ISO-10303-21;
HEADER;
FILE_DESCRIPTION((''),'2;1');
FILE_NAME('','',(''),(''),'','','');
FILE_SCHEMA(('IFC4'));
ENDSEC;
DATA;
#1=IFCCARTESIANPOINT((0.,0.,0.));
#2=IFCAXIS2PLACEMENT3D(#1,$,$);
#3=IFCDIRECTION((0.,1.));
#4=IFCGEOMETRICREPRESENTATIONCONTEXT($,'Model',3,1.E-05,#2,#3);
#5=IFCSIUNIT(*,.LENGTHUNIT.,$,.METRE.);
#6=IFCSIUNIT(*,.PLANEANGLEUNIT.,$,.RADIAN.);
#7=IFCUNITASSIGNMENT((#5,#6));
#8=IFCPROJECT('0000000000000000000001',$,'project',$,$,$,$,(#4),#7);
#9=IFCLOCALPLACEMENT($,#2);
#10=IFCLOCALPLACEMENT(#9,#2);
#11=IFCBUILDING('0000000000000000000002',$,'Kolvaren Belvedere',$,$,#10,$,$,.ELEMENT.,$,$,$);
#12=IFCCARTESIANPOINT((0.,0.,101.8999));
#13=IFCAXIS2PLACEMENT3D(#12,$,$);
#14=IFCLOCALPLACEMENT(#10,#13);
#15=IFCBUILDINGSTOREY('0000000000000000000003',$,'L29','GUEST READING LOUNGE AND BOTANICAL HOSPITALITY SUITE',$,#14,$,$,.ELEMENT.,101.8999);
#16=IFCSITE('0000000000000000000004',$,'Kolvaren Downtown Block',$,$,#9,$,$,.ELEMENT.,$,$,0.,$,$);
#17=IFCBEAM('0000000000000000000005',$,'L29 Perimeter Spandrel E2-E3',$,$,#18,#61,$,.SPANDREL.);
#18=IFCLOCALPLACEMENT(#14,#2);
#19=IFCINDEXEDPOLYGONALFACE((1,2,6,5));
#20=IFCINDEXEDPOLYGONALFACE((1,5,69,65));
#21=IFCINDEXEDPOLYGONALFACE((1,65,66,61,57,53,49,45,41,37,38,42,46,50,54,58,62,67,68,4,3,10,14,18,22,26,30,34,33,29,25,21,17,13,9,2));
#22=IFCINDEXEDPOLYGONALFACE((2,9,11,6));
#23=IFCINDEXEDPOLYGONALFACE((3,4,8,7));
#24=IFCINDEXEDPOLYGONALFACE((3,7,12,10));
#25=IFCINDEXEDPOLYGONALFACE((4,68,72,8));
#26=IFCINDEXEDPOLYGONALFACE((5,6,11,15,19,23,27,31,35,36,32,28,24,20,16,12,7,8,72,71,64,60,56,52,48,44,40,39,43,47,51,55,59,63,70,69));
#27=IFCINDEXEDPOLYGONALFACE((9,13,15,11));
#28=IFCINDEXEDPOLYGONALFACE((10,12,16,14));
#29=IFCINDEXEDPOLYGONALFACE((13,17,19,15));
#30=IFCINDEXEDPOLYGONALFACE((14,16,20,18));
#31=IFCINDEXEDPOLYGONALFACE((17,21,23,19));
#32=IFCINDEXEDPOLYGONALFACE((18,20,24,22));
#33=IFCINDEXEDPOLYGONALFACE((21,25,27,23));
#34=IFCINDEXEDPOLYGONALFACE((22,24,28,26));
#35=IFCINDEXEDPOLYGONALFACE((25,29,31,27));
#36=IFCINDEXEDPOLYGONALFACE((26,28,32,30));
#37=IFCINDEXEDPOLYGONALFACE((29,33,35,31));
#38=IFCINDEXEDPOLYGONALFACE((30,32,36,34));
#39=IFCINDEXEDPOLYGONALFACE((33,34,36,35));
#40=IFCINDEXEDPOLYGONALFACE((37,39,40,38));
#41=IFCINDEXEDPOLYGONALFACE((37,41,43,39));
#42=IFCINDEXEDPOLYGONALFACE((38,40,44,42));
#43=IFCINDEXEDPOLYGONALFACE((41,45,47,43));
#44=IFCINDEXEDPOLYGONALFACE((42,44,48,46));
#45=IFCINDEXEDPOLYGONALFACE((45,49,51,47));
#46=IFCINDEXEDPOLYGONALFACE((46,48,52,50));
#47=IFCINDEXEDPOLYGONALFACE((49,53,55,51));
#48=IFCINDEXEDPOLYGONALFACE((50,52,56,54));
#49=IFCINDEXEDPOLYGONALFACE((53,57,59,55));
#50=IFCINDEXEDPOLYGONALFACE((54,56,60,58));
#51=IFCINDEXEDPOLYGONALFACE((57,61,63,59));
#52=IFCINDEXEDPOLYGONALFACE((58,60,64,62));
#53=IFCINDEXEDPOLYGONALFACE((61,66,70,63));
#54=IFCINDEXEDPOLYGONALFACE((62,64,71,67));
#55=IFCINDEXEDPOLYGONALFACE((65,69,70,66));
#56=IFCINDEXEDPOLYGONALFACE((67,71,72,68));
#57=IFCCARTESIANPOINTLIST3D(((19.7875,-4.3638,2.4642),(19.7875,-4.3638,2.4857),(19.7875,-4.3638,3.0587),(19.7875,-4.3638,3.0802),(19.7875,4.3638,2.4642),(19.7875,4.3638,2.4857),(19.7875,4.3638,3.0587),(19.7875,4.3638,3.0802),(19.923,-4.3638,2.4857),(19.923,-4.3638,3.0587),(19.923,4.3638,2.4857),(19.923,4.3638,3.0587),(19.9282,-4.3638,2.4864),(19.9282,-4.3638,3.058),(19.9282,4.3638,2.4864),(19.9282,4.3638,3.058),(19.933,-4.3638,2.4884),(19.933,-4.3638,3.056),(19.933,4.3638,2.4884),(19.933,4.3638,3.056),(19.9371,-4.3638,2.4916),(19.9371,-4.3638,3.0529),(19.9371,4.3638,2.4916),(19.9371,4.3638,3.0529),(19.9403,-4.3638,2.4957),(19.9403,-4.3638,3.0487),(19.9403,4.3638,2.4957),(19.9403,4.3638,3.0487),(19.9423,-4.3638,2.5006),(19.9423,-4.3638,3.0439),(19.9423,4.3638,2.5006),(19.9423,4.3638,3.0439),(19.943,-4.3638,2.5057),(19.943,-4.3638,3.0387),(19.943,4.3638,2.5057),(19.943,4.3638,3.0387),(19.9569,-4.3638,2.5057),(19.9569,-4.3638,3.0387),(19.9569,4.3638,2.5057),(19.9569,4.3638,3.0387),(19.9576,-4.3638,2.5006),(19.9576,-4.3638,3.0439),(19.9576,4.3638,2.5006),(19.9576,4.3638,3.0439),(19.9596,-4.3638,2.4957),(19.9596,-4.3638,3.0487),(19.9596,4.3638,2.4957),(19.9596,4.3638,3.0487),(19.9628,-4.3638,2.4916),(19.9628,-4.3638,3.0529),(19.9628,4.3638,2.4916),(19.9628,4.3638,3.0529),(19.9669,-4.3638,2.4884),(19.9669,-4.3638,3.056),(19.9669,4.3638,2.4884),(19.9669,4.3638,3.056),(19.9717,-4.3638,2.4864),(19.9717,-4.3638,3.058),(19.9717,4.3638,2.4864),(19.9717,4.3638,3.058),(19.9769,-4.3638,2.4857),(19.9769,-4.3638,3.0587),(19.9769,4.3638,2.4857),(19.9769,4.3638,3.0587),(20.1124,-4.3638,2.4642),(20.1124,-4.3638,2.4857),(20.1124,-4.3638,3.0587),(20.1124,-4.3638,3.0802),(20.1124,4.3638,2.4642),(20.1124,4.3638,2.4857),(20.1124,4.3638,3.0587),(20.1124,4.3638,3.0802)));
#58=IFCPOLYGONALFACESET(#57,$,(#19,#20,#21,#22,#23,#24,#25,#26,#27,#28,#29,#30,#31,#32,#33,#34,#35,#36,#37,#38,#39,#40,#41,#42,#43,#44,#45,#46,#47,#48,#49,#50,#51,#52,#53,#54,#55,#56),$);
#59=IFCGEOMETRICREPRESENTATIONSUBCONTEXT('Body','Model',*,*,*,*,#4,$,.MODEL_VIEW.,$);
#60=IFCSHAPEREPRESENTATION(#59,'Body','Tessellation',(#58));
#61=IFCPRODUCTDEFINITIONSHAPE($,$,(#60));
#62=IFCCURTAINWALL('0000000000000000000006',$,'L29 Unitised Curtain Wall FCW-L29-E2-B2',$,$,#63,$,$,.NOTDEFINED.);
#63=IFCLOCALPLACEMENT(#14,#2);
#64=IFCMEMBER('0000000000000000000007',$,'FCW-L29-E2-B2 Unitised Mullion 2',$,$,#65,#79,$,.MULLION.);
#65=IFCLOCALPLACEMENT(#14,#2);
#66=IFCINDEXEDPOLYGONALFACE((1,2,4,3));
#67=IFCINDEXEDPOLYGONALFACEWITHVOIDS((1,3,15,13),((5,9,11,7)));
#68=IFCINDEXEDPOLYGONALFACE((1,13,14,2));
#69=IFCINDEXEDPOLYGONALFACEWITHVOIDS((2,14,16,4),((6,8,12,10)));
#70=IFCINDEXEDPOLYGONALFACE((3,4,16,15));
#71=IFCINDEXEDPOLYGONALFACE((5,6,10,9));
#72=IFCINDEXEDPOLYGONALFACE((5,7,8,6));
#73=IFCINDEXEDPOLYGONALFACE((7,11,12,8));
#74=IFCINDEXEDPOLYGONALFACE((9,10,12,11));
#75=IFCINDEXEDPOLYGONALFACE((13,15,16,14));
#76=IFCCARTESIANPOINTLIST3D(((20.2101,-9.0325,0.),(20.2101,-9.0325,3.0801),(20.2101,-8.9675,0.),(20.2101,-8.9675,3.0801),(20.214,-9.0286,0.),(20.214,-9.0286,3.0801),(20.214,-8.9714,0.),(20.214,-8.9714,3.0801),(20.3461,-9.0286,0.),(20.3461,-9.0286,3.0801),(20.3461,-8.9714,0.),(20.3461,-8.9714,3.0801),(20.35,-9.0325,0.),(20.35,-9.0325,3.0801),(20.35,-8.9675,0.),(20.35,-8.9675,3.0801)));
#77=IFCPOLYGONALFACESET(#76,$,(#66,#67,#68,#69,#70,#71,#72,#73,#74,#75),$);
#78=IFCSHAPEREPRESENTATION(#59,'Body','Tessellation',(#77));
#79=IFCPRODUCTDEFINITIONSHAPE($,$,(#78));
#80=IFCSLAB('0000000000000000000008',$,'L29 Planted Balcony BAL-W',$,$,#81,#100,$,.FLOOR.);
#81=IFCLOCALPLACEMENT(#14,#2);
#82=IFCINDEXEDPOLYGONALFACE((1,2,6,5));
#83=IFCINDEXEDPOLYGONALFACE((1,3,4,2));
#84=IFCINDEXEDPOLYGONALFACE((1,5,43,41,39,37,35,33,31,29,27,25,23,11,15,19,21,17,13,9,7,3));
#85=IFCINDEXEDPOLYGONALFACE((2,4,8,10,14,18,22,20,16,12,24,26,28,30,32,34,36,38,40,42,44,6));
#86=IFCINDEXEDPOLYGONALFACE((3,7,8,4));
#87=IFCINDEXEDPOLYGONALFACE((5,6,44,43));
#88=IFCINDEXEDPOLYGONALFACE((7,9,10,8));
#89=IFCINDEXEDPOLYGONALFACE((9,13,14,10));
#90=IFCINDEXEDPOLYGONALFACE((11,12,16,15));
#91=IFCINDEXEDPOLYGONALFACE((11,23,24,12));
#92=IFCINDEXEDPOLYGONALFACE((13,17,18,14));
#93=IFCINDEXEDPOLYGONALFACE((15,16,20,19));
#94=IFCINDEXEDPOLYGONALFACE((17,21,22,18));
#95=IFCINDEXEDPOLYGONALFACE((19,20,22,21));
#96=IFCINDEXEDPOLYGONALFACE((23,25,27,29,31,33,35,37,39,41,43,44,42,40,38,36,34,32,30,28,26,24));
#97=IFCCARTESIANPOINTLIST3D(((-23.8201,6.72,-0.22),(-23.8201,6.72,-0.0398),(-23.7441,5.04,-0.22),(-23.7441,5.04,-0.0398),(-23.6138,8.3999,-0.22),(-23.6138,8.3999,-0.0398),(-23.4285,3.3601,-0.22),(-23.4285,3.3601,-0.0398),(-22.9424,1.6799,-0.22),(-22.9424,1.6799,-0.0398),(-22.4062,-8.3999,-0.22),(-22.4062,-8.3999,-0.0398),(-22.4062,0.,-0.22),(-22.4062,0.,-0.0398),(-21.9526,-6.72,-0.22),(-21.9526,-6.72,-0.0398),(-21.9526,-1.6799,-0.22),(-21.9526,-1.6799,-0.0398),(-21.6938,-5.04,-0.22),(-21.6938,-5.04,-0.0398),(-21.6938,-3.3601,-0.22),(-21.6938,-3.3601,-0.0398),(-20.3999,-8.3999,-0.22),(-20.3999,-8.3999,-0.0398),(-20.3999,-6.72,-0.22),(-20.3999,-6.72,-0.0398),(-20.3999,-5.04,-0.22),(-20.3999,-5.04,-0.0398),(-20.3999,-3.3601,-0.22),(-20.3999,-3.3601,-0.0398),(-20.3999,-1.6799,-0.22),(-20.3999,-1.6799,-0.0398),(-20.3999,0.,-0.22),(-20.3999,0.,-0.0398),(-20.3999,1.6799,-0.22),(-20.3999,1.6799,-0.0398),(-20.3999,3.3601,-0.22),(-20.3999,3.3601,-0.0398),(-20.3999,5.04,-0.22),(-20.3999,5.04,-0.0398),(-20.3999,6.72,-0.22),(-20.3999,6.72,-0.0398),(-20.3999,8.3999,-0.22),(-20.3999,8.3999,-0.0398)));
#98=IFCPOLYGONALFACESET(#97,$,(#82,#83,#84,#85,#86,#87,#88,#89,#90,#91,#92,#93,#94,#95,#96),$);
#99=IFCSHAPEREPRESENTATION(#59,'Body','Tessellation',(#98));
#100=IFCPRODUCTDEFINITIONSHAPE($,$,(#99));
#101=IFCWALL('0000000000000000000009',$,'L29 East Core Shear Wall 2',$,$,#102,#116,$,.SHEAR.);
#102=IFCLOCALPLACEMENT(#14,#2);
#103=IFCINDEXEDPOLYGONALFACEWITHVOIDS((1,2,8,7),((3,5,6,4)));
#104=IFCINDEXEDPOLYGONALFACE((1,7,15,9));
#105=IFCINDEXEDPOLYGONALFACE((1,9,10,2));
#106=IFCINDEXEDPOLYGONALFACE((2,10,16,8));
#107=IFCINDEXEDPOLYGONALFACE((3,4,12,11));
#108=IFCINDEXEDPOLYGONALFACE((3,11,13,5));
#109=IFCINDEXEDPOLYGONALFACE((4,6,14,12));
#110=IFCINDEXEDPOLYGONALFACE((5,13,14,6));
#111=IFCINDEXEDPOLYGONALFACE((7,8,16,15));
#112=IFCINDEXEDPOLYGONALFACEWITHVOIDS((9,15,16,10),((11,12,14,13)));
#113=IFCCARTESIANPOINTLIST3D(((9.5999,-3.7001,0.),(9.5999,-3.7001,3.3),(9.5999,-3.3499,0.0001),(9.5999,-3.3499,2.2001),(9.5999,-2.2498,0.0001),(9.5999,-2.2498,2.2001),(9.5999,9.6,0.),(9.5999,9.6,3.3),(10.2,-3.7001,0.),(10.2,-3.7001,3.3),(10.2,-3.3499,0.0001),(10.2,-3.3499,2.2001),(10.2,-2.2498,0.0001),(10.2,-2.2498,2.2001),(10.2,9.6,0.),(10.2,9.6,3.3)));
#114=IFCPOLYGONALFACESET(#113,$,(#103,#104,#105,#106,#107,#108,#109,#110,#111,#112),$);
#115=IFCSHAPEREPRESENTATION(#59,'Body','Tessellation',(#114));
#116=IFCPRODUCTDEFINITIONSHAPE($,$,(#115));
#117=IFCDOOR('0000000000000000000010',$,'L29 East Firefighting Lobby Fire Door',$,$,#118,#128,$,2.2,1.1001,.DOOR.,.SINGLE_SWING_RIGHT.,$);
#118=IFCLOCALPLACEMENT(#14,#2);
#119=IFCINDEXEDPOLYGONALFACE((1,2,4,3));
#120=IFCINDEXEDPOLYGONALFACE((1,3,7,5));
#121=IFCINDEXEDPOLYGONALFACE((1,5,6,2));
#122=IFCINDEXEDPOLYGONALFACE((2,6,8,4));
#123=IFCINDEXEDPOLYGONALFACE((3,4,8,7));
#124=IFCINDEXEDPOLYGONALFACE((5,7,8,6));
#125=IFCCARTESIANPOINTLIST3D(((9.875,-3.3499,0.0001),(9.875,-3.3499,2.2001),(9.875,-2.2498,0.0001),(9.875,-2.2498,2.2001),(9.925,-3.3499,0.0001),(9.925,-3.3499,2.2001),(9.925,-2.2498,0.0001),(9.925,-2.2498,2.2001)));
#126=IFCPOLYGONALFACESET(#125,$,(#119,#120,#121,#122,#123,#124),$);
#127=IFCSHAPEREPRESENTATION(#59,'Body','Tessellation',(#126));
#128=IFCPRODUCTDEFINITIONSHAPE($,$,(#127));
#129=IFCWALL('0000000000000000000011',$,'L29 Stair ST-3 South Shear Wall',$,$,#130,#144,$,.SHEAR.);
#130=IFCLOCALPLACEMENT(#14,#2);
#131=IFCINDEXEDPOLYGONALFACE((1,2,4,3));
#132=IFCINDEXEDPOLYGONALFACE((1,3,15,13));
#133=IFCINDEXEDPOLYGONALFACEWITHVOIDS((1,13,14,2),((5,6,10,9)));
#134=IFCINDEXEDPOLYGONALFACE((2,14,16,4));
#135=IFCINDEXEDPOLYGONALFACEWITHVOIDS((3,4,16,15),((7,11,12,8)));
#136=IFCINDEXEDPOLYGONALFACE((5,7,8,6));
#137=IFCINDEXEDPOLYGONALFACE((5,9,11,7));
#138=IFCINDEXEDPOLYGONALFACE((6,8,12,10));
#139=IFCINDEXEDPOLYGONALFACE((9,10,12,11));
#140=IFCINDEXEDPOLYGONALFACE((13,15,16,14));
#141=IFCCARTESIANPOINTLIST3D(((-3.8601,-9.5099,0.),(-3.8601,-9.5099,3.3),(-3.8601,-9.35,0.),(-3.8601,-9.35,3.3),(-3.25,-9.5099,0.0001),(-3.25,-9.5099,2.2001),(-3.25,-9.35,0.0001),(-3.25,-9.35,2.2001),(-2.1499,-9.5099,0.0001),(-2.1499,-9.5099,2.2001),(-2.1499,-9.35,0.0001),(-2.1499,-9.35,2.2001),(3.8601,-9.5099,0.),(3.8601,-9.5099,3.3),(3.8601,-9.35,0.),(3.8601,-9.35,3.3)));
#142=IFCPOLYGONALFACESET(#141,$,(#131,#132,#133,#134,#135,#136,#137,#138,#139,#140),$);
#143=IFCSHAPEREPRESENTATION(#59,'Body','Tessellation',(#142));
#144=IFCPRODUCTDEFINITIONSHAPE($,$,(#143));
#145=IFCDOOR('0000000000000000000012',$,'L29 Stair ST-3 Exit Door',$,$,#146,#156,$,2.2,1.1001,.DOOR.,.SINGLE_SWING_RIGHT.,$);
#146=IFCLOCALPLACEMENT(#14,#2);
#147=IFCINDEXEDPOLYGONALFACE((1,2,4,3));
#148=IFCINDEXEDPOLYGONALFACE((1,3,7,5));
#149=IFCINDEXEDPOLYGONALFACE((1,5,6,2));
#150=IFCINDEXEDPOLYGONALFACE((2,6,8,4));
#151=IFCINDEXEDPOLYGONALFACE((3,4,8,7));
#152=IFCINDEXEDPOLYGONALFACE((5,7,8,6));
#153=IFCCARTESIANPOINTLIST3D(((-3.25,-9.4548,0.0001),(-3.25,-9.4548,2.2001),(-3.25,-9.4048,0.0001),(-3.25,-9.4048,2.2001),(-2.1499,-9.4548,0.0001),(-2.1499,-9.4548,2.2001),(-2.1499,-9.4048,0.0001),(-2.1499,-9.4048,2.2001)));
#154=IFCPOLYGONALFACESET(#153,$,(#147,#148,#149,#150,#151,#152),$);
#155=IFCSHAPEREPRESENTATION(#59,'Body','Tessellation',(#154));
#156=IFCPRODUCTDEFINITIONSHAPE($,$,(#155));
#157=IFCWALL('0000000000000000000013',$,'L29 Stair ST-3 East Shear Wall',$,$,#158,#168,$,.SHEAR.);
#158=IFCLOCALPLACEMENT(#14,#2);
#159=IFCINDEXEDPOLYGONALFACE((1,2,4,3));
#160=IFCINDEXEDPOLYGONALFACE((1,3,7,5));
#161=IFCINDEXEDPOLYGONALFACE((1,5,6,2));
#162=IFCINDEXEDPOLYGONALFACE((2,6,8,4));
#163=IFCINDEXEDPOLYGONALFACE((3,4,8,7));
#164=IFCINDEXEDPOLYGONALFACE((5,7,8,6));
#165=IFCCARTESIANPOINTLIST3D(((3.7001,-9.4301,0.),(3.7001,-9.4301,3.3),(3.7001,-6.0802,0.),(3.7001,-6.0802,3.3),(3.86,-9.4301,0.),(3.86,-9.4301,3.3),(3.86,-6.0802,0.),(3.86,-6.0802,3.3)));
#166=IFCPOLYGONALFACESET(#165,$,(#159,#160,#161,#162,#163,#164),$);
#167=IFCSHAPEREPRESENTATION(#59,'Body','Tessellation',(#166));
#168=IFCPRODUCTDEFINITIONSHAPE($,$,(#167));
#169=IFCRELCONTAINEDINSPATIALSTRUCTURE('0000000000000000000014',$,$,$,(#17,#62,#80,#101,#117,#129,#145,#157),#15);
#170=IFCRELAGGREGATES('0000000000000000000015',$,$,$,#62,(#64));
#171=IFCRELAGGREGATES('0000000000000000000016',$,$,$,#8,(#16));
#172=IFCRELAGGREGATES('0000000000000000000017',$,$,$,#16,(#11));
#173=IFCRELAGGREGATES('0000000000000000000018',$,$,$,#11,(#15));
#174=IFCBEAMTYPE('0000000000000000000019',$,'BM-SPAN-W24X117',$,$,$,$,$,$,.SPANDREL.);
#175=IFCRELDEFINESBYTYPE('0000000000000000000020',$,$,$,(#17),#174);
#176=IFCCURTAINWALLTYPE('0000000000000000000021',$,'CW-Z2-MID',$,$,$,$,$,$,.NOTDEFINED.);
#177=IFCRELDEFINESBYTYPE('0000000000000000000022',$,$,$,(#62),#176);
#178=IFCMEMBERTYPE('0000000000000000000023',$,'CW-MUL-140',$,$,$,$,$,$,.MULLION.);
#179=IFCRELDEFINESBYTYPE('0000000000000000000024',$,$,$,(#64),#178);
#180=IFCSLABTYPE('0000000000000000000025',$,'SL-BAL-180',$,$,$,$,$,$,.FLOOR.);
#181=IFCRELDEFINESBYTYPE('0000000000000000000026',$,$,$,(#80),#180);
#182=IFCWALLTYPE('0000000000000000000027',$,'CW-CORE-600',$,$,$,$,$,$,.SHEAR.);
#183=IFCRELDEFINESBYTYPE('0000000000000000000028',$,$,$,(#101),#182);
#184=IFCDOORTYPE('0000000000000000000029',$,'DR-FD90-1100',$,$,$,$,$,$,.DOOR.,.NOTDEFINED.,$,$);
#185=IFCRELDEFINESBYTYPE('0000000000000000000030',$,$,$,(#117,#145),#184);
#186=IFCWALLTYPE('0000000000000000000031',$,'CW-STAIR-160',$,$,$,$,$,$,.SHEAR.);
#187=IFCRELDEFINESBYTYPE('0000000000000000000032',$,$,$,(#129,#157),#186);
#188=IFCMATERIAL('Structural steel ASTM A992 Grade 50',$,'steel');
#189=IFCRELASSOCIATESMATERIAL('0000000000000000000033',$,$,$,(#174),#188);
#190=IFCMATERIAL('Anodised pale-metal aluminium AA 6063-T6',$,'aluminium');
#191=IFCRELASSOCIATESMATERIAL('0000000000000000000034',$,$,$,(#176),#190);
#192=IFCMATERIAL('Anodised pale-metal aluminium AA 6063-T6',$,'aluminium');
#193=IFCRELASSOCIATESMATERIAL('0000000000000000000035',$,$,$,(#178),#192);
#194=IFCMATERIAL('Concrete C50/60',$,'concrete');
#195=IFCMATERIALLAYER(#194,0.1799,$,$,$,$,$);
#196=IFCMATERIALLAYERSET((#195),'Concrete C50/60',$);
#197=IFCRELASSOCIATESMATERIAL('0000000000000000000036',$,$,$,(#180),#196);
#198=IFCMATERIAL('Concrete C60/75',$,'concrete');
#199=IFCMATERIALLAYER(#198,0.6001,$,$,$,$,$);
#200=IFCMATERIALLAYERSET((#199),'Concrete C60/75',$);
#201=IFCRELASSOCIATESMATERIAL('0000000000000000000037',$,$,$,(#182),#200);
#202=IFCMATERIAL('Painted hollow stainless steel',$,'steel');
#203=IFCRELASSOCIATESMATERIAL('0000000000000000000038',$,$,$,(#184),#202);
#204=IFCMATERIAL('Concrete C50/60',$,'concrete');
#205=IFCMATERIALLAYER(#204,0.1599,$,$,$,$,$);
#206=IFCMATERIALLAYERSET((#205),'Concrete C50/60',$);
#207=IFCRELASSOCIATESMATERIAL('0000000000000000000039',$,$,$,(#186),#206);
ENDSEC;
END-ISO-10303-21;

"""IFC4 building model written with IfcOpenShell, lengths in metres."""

from ifc_helpers import new_model, si_unit, direction, frame, frame_2d, origin, origin_2d, place, context, subcontext, project, spatial, polyline, rectangle, hollow_rectangle, i_section, outline, extrude, material, layer, layer_set, material_profile, profile_set, type_object, element, fill, aggregate, save


model = new_model("IFC4")

# Units and contexts
model_context = context("Model", 3, precision=1e-05, world=origin(), true_north=direction((0.0, 1.0)))
body_context = subcontext(model_context, "Body", "Model", "MODEL_VIEW")
ifc_project = project(units=[si_unit("LENGTHUNIT", "METRE"), si_unit("PLANEANGLEUNIT", "RADIAN")], contexts=[model_context])

# Site, building, storey
site_placement = place(None, origin())
site = spatial("IfcSite", under=ifc_project, at=site_placement, Name="Kolvaren Downtown Block", CompositionType="ELEMENT", RefElevation=0.0)
building_placement = place(site_placement, origin())
building = spatial("IfcBuilding", under=site, at=building_placement, Name="Kolvaren Belvedere", CompositionType="ELEMENT")
storey_placement = place(building_placement, frame((0.0, 0.0, 101.8999)))
storey = spatial("IfcBuildingStorey", under=building, at=storey_placement, Name="L29", Description="GUEST READING LOUNGE AND BOTANICAL HOSPITALITY SUITE", CompositionType="ELEMENT", Elevation=101.8999)

# Beam
ifc_material_1 = material(Name="Structural steel ASTM A992 Grade 50", Category="steel")
ifc_material_profile_1 = material_profile(ifc_material_1, i_section(OverallWidth=0.325, OverallDepth=0.616, WebThickness=0.0139, FlangeThickness=0.0215, FilletRadius=0.02, at=origin_2d()), Name="W24X117")
ifc_profile_set_1 = profile_set([ifc_material_profile_1], Name="Structural steel ASTM A992 Grade 50")
beam_type_1 = type_object("IfcBeamType", Name="BM-SPAN-W24X117", PredefinedType="SPANDREL", material=ifc_profile_set_1)
beam_1_placement = place(storey_placement, frame((19.95, -4.3638, 2.7722), z_axis=(0.0, 1.0, 0.0), x_axis=(-1.0, 0.0, 0.0)))
element("IfcBeam", 1, at=beam_1_placement, inside=storey, type_object=beam_type_1, Name="L29 Perimeter Spandrel E2-E3", PredefinedType="SPANDREL", context=body_context, shape_type="SweptSolid", body=[
    extrude(i_section(OverallWidth=0.325, OverallDepth=0.616, WebThickness=0.0139, FlangeThickness=0.0215, FilletRadius=0.02, at=origin_2d()), origin(), (0.0, 0.0, 1.0), 8.7275),
])

# Curtain wall, member
ifc_material_2 = material(Name="Anodised pale-metal aluminium AA 6063-T6", Category="aluminium")
curtain_wall_type = type_object("IfcCurtainWallType", Name="CW-Z2-MID", PredefinedType="NOTDEFINED", material=ifc_material_2)
curtain_wall_placement = place(storey_placement, origin())
curtain_wall = element("IfcCurtainWall", 2, at=curtain_wall_placement, inside=storey, type_object=curtain_wall_type, Name="L29 Unitised Curtain Wall FCW-L29-E2-B2", PredefinedType="NOTDEFINED")
ifc_material_3 = material(Name="Anodised pale-metal aluminium AA 6063-T6", Category="aluminium")
ifc_material_profile_2 = material_profile(ifc_material_3, hollow_rectangle(XDim=0.0649, YDim=0.1399, WallThickness=0.0039, at=origin_2d()), Name="ALU-MUL-140X65")
ifc_profile_set_2 = profile_set([ifc_material_profile_2], Name="Anodised pale-metal aluminium AA 6063-T6")
member_type = type_object("IfcMemberType", Name="CW-MUL-140", PredefinedType="MULLION", material=ifc_profile_set_2)
member_placement = place(storey_placement, frame((20.28, -9.0, 0.0), z_axis=(0.0, 0.0, 1.0), x_axis=(0.0, 1.0, 0.0)))
member = element("IfcMember", 3, at=member_placement, type_object=member_type, Name="FCW-L29-E2-B2 Unitised Mullion 2", PredefinedType="MULLION", context=body_context, shape_type="SweptSolid", body=[
    extrude(hollow_rectangle(XDim=0.0649, YDim=0.1399, WallThickness=0.0039, at=origin_2d()), origin(), (0.0, 0.0, 1.0), 3.0801),
])
aggregate(curtain_wall, [member])

# Slab
ifc_material_4 = material(Name="Concrete C50/60", Category="concrete")
ifc_layer_1 = layer(ifc_material_4, 0.1799)
ifc_layer_set_1 = layer_set([ifc_layer_1], Name="Concrete C50/60")
slab_type = type_object("IfcSlabType", Name="SL-BAL-180", PredefinedType="FLOOR", material=ifc_layer_set_1)
slab_placement = place(storey_placement, frame((0.0, 0.0, -0.22)))
element("IfcSlab", 4, at=slab_placement, inside=storey, type_object=slab_type, Name="L29 Planted Balcony BAL-W", PredefinedType="FLOOR", context=body_context, shape_type="SweptSolid", body=[
    extrude(outline(polyline([(-23.6138, 8.3999), (-23.8201, 6.72), (-23.7441, 5.04), (-23.4285, 3.3601), (-22.9424, 1.6799), (-22.4062, 0.0), (-21.9526, -1.6799), (-21.6938, -3.3601), (-21.6938, -5.04), (-21.9526, -6.72), (-22.4062, -8.3999), (-20.3999, -8.3999), (-20.3999, -6.72), (-20.3999, -5.04), (-20.3999, -3.3601), (-20.3999, -1.6799), (-20.3999, 0.0), (-20.3999, 1.6799), (-20.3999, 3.3601), (-20.3999, 5.04), (-20.3999, 6.72), (-20.3999, 8.3999), (-23.6138, 8.3999)])), origin(), (0.0, 0.0, 1.0), 0.1802),
])

# Walls, openings, doors
ifc_material_5 = material(Name="Concrete C60/75", Category="concrete")
ifc_layer_2 = layer(ifc_material_5, 0.6001)
ifc_layer_set_2 = layer_set([ifc_layer_2], Name="Concrete C60/75")
wall_type_1 = type_object("IfcWallType", Name="CW-CORE-600", PredefinedType="SHEAR", material=ifc_layer_set_2)
wall_1_placement = place(storey_placement, frame((9.8999, -3.7, 0.0), z_axis=(0.0, 0.0, 1.0), x_axis=(0.0, 1.0, 0.0)))
wall_1 = element("IfcWall", 5, at=wall_1_placement, inside=storey, type_object=wall_type_1, Name="L29 East Core Shear Wall 2", PredefinedType="SHEAR", context=body_context, shape_type="SweptSolid", body=[
    extrude(rectangle(XDim=13.3, YDim=0.6001, at=frame_2d((6.6499, 0.0))), origin(), (0.0, 0.0, 1.0), 3.3),
])
opening_1_placement = place(wall_1_placement, frame((0.3501, 0.0, 0.0)))
opening_1 = element("IfcOpeningElement", 6, at=opening_1_placement, cuts=wall_1, PredefinedType="OPENING", context=body_context, shape_type="SweptSolid", body=[
    extrude(rectangle(XDim=1.1001, YDim=2.2, at=frame_2d((0.55, 1.1001))), frame((0.0, 0.3101, 0.0), z_axis=(0.0, -1.0, 0.0), x_axis=(1.0, 0.0, 0.0)), (0.0, 0.0, 1.0), 0.6201),
])
ifc_material_6 = material(Name="Painted hollow stainless steel", Category="steel")
door_type_1 = type_object("IfcDoorType", Name="DR-FD90-1100", OperationType="NOTDEFINED", PredefinedType="DOOR", material=ifc_material_6)
door_1_placement = place(opening_1_placement, origin())
door_1 = element("IfcDoor", 7, at=door_1_placement, inside=storey, type_object=door_type_1, Name="L29 East Firefighting Lobby Fire Door", OperationType="SINGLE_SWING_RIGHT", OverallHeight=2.2, OverallWidth=1.1001, PredefinedType="DOOR", context=body_context, shape_type="SweptSolid", body=[
    extrude(rectangle(XDim=1.1001, YDim=2.2, at=frame_2d((0.55, 1.1001))), frame((0.0, 0.0249, 0.0), z_axis=(0.0, -1.0, 0.0), x_axis=(1.0, 0.0, 0.0)), (0.0, 0.0, 1.0), 0.05),
])
fill(opening_1, door_1)
ifc_material_7 = material(Name="Concrete C50/60", Category="concrete")
ifc_layer_3 = layer(ifc_material_7, 0.1599)
ifc_layer_set_3 = layer_set([ifc_layer_3], Name="Concrete C50/60")
wall_type_2 = type_object("IfcWallType", Name="CW-STAIR-160", PredefinedType="SHEAR", material=ifc_layer_set_3)
wall_2_placement = place(storey_placement, frame((3.8601, -9.4299, 0.0), z_axis=(0.0, 0.0, 1.0), x_axis=(-1.0, 0.0, 0.0)))
wall_2 = element("IfcWall", 8, at=wall_2_placement, inside=storey, type_object=wall_type_2, Name="L29 Stair ST-3 South Shear Wall", PredefinedType="SHEAR", context=body_context, shape_type="SweptSolid", body=[
    extrude(rectangle(XDim=7.7202, YDim=0.1599, at=frame_2d((3.8601, 0.0))), origin(), (0.0, 0.0, 1.0), 3.3),
])
opening_2_placement = place(wall_2_placement, frame((6.01, 0.0, 0.0)))
opening_2 = element("IfcOpeningElement", 9, at=opening_2_placement, cuts=wall_2, PredefinedType="OPENING", context=body_context, shape_type="SweptSolid", body=[
    extrude(rectangle(XDim=1.1001, YDim=2.2, at=frame_2d((0.55, 1.1001))), frame((0.0, 0.0898, 0.0), z_axis=(0.0, -1.0, 0.0), x_axis=(1.0, 0.0, 0.0)), (0.0, 0.0, 1.0), 0.1799),
])
door_2_placement = place(opening_2_placement, origin())
door_2 = element("IfcDoor", 10, at=door_2_placement, inside=storey, type_object=door_type_1, Name="L29 Stair ST-3 Exit Door", OperationType="SINGLE_SWING_RIGHT", OverallHeight=2.2, OverallWidth=1.1001, PredefinedType="DOOR", context=body_context, shape_type="SweptSolid", body=[
    extrude(rectangle(XDim=1.1001, YDim=2.2, at=frame_2d((0.55, 1.1001))), frame((0.0, 0.0249, 0.0), z_axis=(0.0, -1.0, 0.0), x_axis=(1.0, 0.0, 0.0)), (0.0, 0.0, 1.0), 0.05),
])
fill(opening_2, door_2)

# Wall
wall_3_placement = place(storey_placement, frame((3.78, -9.4299, 0.0), z_axis=(0.0, 0.0, 1.0), x_axis=(0.0, 1.0, 0.0)))
element("IfcWall", 11, at=wall_3_placement, inside=storey, type_object=wall_type_2, Name="L29 Stair ST-3 East Shear Wall", PredefinedType="SHEAR", context=body_context, shape_type="SweptSolid", body=[
    extrude(rectangle(XDim=3.3499, YDim=0.1599, at=frame_2d((1.6748, 0.0))), origin(), (0.0, 0.0, 1.0), 3.3),
])

save(model, "model.ifc")
